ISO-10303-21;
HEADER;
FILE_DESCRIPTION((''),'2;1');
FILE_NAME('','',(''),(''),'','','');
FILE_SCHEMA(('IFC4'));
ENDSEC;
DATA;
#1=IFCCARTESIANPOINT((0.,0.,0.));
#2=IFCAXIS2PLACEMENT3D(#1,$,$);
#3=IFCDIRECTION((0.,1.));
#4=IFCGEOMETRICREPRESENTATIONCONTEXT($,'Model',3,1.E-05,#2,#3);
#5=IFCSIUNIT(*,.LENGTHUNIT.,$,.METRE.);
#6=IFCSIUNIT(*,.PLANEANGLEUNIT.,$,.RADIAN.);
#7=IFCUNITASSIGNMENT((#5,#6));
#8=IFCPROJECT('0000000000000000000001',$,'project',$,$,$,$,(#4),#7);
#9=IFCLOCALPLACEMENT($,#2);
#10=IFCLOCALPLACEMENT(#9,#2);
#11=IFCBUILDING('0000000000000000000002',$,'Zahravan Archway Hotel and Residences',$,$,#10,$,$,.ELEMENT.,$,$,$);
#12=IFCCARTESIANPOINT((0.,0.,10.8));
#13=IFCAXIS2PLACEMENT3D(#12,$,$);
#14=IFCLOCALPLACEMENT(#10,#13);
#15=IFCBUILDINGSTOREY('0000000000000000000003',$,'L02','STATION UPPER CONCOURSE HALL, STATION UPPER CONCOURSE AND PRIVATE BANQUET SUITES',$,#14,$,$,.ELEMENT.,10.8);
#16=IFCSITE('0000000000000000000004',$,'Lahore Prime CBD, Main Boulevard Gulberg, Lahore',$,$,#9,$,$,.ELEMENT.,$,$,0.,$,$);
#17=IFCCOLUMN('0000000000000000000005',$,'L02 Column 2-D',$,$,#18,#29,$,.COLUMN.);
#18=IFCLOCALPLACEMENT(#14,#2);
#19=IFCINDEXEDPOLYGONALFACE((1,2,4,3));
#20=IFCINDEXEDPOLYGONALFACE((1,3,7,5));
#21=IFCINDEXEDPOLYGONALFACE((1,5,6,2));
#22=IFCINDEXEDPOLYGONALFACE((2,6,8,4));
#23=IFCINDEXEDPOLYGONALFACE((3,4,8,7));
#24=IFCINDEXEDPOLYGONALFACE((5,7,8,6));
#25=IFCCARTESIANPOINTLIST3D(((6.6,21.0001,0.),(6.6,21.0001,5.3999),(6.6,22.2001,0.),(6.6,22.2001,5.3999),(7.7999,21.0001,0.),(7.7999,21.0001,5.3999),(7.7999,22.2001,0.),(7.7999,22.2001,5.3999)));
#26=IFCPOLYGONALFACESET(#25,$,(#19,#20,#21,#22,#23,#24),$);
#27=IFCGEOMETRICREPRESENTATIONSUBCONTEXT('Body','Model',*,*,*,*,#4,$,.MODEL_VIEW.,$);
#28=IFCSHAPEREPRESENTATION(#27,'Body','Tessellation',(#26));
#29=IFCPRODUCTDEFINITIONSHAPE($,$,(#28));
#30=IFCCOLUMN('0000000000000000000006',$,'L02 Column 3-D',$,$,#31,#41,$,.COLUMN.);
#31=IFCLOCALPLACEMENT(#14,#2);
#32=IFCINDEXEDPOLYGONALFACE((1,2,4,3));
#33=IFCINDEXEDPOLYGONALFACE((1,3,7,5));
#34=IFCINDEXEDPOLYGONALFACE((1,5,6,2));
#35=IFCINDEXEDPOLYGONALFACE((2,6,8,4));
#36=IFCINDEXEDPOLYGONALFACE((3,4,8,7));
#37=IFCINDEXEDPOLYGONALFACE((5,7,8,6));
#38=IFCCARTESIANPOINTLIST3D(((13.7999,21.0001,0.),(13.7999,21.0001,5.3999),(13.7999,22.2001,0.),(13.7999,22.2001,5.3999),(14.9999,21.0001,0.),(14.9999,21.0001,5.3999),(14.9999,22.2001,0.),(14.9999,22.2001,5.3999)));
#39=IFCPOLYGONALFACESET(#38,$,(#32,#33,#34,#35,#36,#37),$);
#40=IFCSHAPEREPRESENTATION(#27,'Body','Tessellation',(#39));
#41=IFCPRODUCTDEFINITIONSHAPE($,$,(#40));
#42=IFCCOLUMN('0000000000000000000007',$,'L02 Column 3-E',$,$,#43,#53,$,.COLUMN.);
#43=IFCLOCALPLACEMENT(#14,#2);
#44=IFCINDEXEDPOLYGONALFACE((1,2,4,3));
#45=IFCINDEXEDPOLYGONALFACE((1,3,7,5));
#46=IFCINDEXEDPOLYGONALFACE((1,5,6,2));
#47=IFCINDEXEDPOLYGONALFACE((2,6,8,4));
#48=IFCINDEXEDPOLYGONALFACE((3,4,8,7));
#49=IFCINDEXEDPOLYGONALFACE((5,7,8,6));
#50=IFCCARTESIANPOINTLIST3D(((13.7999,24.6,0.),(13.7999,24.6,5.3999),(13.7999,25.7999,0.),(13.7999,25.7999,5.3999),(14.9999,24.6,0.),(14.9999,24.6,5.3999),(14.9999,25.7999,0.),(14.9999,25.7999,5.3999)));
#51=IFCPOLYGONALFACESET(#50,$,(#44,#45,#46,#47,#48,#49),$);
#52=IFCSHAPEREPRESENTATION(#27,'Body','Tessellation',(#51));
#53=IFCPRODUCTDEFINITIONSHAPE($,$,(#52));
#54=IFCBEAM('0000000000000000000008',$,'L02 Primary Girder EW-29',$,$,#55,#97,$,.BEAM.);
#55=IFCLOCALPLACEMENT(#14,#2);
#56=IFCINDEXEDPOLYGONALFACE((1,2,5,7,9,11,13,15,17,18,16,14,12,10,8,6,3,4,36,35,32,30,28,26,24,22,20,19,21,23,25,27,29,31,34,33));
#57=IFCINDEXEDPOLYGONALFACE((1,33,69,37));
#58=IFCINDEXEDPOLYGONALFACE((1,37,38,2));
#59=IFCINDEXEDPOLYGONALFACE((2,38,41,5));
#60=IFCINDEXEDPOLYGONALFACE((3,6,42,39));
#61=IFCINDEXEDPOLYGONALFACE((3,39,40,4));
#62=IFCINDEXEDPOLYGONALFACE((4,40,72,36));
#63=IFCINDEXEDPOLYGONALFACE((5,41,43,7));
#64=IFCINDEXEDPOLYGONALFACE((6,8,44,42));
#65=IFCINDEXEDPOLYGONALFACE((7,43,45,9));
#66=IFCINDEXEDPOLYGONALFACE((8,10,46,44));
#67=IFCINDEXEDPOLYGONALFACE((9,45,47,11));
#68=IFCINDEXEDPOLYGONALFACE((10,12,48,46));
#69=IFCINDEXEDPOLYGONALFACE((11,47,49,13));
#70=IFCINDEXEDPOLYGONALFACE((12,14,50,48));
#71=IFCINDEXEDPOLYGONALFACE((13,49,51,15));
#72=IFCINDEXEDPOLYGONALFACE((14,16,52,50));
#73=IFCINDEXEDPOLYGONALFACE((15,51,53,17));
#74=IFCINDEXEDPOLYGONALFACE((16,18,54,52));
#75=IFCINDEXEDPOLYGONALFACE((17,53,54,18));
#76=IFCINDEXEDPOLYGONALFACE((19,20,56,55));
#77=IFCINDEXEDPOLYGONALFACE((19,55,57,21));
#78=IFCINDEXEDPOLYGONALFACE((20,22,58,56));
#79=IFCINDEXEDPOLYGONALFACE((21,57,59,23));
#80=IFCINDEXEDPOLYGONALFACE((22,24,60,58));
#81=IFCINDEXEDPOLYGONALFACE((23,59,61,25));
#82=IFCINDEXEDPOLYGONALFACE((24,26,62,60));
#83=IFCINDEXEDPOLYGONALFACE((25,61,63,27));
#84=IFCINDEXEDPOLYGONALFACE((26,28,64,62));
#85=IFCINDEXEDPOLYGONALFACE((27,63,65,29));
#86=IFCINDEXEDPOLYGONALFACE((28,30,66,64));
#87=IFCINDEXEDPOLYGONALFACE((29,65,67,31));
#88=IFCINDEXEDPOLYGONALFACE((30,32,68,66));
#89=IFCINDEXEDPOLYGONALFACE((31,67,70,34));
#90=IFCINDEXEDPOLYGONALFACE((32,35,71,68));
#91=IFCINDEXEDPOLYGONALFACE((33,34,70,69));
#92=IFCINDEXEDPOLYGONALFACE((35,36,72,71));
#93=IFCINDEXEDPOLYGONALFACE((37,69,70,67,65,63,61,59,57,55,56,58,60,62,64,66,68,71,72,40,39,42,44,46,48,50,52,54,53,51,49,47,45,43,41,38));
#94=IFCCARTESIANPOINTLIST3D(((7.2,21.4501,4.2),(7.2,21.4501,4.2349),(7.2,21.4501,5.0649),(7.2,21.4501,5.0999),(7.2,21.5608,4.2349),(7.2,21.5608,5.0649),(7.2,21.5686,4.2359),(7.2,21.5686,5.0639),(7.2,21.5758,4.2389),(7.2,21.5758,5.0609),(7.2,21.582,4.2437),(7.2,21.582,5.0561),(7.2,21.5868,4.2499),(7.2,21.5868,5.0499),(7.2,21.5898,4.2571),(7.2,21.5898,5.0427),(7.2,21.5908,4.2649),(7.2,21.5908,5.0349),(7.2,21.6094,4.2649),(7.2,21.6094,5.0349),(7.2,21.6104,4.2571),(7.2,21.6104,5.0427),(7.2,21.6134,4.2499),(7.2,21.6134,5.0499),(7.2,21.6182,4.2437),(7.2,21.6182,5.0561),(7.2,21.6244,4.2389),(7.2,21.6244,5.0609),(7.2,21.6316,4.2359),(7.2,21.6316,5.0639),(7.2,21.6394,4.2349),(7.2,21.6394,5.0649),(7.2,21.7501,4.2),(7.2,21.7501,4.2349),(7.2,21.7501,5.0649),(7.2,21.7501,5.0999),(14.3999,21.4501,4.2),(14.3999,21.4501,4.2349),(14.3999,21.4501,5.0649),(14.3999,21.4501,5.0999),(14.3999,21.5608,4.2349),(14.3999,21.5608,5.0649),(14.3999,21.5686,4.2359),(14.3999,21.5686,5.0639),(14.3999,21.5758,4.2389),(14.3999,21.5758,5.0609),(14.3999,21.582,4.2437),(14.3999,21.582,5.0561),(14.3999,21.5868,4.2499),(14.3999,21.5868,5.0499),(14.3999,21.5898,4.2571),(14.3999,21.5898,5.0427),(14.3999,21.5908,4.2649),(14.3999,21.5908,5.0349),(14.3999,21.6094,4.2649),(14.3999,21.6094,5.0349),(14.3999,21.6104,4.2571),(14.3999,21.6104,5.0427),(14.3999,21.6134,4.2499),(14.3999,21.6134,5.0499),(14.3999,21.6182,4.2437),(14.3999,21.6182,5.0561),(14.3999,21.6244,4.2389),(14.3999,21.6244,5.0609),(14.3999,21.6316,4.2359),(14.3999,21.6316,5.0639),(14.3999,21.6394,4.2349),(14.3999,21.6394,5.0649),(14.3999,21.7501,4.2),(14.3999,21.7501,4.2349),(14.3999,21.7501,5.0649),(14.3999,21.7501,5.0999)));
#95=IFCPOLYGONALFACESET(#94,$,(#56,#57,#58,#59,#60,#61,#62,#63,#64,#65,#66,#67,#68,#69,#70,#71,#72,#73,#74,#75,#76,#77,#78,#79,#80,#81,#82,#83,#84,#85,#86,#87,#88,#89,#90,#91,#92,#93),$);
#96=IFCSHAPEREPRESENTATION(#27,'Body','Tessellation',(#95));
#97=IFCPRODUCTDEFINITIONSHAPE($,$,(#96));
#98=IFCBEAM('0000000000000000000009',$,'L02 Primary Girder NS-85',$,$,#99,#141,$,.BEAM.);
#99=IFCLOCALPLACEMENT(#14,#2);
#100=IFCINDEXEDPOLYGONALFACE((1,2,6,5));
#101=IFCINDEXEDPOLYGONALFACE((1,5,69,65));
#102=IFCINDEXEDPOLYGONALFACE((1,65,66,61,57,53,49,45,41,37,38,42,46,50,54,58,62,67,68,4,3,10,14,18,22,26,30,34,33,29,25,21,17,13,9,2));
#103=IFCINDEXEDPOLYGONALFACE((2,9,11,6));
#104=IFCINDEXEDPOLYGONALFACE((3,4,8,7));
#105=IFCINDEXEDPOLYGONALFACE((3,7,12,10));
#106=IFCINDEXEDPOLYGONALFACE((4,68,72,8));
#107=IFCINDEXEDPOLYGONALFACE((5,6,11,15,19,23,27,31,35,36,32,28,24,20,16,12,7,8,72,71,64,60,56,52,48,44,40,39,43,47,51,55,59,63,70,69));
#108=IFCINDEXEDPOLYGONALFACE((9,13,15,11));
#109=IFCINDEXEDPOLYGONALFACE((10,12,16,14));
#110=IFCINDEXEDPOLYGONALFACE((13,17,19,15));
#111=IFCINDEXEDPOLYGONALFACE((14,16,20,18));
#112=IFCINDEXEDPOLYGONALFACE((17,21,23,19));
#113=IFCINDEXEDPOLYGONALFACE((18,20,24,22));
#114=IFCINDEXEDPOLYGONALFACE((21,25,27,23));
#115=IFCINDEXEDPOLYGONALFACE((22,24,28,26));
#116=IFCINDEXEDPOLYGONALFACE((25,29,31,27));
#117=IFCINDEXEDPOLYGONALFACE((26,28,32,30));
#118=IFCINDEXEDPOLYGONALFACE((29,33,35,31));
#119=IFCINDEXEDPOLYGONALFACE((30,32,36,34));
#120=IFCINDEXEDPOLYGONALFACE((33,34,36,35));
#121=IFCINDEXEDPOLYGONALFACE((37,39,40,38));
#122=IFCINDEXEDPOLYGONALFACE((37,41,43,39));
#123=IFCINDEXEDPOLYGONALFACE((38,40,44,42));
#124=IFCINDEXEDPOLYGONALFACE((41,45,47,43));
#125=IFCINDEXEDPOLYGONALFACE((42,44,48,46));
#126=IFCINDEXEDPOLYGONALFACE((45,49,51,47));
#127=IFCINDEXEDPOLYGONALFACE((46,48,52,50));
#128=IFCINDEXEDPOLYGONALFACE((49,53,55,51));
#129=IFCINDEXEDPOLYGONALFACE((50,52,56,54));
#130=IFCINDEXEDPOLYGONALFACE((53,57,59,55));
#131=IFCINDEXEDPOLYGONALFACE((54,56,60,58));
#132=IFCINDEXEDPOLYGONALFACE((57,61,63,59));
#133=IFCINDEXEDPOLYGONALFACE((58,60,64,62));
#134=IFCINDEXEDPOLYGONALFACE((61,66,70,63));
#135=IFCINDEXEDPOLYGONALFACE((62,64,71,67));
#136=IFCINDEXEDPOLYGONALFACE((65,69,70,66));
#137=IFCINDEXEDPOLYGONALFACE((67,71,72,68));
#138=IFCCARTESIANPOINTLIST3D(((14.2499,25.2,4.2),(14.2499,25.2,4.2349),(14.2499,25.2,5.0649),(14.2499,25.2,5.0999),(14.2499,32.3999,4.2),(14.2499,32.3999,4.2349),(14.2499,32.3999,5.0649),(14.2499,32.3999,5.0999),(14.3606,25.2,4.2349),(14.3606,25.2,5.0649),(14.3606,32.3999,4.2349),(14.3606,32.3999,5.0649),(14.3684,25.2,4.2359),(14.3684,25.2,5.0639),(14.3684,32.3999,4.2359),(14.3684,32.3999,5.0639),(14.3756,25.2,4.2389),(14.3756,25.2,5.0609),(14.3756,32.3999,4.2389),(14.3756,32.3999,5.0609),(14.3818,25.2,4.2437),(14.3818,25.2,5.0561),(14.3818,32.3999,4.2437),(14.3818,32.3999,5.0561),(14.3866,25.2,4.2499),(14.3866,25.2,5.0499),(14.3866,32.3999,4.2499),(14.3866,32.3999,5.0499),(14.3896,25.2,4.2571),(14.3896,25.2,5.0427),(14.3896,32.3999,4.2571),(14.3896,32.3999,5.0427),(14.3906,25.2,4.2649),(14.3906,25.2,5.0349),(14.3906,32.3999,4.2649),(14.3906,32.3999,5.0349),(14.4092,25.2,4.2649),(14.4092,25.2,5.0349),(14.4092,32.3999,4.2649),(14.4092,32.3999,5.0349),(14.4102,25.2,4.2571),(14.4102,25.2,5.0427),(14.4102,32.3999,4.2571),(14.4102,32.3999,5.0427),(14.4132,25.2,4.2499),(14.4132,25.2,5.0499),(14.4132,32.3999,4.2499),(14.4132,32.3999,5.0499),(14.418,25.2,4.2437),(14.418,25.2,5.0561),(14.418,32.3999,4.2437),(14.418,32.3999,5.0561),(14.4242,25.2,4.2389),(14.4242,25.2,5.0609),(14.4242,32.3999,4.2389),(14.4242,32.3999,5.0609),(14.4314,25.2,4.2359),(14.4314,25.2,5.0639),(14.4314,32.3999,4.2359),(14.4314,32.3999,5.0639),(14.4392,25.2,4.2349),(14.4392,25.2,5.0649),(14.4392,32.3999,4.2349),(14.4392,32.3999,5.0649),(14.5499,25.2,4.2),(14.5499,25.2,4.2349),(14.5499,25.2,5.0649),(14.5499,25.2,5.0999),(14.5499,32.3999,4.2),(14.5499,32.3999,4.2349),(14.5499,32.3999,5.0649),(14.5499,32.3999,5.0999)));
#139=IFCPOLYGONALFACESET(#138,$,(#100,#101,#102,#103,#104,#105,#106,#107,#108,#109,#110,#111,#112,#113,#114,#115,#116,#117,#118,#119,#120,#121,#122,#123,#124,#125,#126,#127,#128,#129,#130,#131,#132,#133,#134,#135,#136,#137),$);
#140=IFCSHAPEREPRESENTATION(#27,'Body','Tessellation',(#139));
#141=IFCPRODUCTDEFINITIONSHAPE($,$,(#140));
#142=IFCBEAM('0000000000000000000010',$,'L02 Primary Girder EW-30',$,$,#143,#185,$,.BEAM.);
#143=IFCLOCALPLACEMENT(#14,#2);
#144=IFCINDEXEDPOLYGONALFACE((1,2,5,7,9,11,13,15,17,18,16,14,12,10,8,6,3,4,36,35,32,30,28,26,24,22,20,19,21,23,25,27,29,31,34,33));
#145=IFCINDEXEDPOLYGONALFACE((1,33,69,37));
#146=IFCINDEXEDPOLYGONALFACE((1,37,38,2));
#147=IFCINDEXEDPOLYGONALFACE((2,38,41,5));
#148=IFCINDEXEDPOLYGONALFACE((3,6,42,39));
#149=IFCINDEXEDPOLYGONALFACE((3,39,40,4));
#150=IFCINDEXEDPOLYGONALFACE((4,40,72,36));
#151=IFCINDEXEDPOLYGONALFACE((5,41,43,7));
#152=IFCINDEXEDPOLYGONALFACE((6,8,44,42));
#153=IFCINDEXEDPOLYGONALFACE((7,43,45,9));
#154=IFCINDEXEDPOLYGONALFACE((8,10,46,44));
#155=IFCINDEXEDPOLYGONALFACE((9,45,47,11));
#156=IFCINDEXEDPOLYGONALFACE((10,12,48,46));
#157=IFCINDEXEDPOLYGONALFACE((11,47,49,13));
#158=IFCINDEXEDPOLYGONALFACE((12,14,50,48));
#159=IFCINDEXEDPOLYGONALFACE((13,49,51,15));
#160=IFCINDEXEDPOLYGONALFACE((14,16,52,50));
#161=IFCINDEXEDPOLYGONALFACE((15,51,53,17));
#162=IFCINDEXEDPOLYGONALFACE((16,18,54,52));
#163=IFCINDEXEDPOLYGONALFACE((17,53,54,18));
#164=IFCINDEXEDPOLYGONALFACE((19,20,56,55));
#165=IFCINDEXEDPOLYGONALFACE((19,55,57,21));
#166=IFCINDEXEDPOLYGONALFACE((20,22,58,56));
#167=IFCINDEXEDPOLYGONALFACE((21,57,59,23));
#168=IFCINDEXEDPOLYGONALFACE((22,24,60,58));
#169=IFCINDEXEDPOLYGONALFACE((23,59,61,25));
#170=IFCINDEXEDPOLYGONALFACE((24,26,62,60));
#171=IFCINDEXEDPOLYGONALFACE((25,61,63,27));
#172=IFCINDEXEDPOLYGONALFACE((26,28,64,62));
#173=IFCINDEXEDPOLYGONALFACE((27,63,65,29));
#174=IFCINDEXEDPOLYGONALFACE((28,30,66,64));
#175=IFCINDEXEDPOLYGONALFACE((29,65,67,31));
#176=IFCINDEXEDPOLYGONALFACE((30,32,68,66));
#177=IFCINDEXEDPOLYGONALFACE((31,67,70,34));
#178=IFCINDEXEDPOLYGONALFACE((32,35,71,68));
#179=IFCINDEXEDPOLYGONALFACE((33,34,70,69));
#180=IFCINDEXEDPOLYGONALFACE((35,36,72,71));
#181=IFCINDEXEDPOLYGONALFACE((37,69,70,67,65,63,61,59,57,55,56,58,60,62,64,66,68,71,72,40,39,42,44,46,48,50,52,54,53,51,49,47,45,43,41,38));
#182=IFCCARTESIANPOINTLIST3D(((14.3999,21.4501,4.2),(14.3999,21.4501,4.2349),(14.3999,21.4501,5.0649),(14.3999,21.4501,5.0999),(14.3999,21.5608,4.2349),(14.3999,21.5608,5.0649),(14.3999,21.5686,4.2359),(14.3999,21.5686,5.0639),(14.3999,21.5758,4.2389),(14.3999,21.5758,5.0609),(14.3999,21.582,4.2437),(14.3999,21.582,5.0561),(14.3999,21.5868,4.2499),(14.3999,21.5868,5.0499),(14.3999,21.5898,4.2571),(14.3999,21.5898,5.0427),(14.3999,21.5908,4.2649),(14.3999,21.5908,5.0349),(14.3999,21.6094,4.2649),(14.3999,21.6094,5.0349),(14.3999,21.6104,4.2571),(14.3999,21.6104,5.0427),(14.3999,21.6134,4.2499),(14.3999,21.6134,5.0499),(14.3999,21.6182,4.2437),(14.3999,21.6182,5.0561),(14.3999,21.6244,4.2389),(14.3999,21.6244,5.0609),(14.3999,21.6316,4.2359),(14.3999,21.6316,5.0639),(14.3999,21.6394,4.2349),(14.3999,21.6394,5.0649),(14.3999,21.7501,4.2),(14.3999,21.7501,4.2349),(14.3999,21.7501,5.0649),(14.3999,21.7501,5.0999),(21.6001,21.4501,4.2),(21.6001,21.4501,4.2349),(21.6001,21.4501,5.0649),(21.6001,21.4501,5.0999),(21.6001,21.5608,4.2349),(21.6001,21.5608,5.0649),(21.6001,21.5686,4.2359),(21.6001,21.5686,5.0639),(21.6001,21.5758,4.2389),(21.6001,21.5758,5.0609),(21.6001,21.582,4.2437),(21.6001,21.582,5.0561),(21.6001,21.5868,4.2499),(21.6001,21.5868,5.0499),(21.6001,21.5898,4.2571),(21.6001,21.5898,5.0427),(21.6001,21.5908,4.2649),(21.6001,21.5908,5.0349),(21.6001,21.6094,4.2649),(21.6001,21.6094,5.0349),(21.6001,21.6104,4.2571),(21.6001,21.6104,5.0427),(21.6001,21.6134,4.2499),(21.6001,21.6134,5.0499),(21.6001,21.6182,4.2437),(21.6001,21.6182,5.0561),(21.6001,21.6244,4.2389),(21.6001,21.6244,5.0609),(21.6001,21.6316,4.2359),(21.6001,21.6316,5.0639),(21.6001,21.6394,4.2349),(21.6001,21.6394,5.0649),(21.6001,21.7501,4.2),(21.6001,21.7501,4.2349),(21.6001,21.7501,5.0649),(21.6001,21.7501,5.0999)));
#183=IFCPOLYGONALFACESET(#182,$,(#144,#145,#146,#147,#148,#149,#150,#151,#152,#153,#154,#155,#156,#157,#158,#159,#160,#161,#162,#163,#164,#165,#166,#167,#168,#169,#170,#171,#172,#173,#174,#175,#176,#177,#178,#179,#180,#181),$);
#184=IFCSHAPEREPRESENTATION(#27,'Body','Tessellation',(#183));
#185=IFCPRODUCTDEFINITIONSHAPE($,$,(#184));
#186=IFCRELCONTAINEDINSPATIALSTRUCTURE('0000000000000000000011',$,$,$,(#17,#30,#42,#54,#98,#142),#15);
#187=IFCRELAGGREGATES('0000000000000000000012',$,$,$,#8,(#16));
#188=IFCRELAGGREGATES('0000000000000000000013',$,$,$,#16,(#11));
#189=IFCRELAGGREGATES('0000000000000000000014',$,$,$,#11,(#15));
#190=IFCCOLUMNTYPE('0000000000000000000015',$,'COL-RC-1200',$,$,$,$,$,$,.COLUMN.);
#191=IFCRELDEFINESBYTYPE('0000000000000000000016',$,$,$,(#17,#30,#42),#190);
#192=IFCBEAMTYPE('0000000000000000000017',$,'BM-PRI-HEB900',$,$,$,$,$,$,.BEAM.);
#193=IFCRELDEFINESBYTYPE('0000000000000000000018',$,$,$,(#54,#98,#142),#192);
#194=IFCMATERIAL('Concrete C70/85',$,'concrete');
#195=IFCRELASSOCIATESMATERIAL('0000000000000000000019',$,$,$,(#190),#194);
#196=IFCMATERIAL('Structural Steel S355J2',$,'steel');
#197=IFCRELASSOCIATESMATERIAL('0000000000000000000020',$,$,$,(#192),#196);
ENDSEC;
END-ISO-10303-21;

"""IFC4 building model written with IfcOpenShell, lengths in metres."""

from ifc_helpers import new_model, si_unit, direction, frame, origin, origin_2d, place, context, subcontext, project, spatial, rectangle, i_section, extrude, source, transform, mapped, material, material_profile, profile_set, type_object, element, save


model = new_model("IFC4")

# Units and contexts
model_context = context("Model", 3, precision=1e-05, world=origin(), true_north=direction((0.0, 1.0)))
body_context = subcontext(model_context, "Body", "Model", "MODEL_VIEW")
ifc_project = project(units=[si_unit("LENGTHUNIT", "METRE"), si_unit("PLANEANGLEUNIT", "RADIAN")], contexts=[model_context])

# Site, building, storey
site_placement = place(None, origin())
site = spatial("IfcSite", under=ifc_project, at=site_placement, Name="Lahore Prime CBD, Main Boulevard Gulberg, Lahore", CompositionType="ELEMENT", RefElevation=0.0)
building_placement = place(site_placement, origin())
building = spatial("IfcBuilding", under=site, at=building_placement, Name="Zahravan Archway Hotel and Residences", CompositionType="ELEMENT")
storey_placement = place(building_placement, frame((0.0, 0.0, 10.8)))
storey = spatial("IfcBuildingStorey", under=building, at=storey_placement, Name="L02", Description="STATION UPPER CONCOURSE HALL, STATION UPPER CONCOURSE AND PRIVATE BANQUET SUITES", CompositionType="ELEMENT", Elevation=10.8)

# Columns
ifc_material_1 = material(Name="Concrete C70/85", Category="concrete")
ifc_material_profile_1 = material_profile(ifc_material_1, rectangle(XDim=1.2, YDim=1.2, at=origin_2d()), Name="RC-COL-1200x1200", Category="concrete")
ifc_profile_set_1 = profile_set([ifc_material_profile_1], Name="Concrete C70/85")
column_type = type_object("IfcColumnType", Name="COL-RC-1200", PredefinedType="COLUMN", material=ifc_profile_set_1)
shared_shape_1 = source(origin(), body_context, "Body", "SweptSolid", [
    extrude(rectangle(XDim=1.2, YDim=1.2, at=origin_2d()), origin(), (0.0, 0.0, 1.0), 5.3999),
])
for number, where, z_axis, x_axis, name in (
    (1, (7.2, 21.6001, 0.0), (0.0, 0.0, 1.0), (1.0, 0.0, 0.0), "L02 Column 2-D"),
    (2, (14.3999, 21.6001, 0.0), (0.0, 0.0, 1.0), (1.0, 0.0, 0.0), "L02 Column 3-D"),
    (3, (14.3999, 25.2, 0.0), (0.0, 0.0, 1.0), (1.0, 0.0, 0.0), "L02 Column 3-E"),
):
    element("IfcColumn", number, at=place(storey_placement, frame(where, z_axis=z_axis, x_axis=x_axis)), inside=storey, type_object=column_type, Name=name, PredefinedType="COLUMN", context=body_context, shape_type="MappedRepresentation", body=[
        mapped(shared_shape_1, transform((0.0, 0.0, 0.0), scale=1.0)),
    ])

# Beams
ifc_material_2 = material(Name="Structural Steel S355J2", Category="steel")
ifc_material_profile_2 = material_profile(ifc_material_2, i_section(OverallWidth=0.3, OverallDepth=0.8999, WebThickness=0.0186, FlangeThickness=0.0349, FilletRadius=0.03, at=origin_2d()), Name="HEB 900", Category="steel")
ifc_profile_set_2 = profile_set([ifc_material_profile_2], Name="Structural Steel S355J2")
beam_type = type_object("IfcBeamType", Name="BM-PRI-HEB900", PredefinedType="BEAM", material=ifc_profile_set_2)
shared_shape_2 = source(origin(), body_context, "Body", "SweptSolid", [
    extrude(i_section(OverallWidth=0.3, OverallDepth=0.8999, WebThickness=0.0186, FlangeThickness=0.0349, FilletRadius=0.03, at=origin_2d()), origin(), (0.0, 0.0, 1.0), 7.2),
])
for number, where, z_axis, x_axis, name in (
    (4, (7.2, 21.6001, 4.6499), (1.0, 0.0, 0.0), (0.0, 1.0, 0.0), "L02 Primary Girder EW-29"),
    (5, (14.3999, 25.2, 4.6499), (0.0, 1.0, 0.0), (-1.0, 0.0, 0.0), "L02 Primary Girder NS-85"),
):
    element("IfcBeam", number, at=place(storey_placement, frame(where, z_axis=z_axis, x_axis=x_axis)), inside=storey, type_object=beam_type, Name=name, PredefinedType="BEAM", context=body_context, shape_type="MappedRepresentation", body=[
        mapped(shared_shape_2, transform((0.0, 0.0, 0.0), scale=1.0)),
    ])
shared_shape_3 = source(origin(), body_context, "Body", "SweptSolid", [
    extrude(i_section(OverallWidth=0.3, OverallDepth=0.8999, WebThickness=0.0186, FlangeThickness=0.0349, FilletRadius=0.03, at=origin_2d()), origin(), (0.0, 0.0, 1.0), 7.2002),
])
for number, where, z_axis, x_axis, name in (
    (6, (14.3999, 21.6001, 4.6499), (1.0, 0.0, 0.0), (0.0, 1.0, 0.0), "L02 Primary Girder EW-30"),
):
    element("IfcBeam", number, at=place(storey_placement, frame(where, z_axis=z_axis, x_axis=x_axis)), inside=storey, type_object=beam_type, Name=name, PredefinedType="BEAM", context=body_context, shape_type="MappedRepresentation", body=[
        mapped(shared_shape_3, transform((0.0, 0.0, 0.0), scale=1.0)),
    ])

save(model, "model.ifc")
